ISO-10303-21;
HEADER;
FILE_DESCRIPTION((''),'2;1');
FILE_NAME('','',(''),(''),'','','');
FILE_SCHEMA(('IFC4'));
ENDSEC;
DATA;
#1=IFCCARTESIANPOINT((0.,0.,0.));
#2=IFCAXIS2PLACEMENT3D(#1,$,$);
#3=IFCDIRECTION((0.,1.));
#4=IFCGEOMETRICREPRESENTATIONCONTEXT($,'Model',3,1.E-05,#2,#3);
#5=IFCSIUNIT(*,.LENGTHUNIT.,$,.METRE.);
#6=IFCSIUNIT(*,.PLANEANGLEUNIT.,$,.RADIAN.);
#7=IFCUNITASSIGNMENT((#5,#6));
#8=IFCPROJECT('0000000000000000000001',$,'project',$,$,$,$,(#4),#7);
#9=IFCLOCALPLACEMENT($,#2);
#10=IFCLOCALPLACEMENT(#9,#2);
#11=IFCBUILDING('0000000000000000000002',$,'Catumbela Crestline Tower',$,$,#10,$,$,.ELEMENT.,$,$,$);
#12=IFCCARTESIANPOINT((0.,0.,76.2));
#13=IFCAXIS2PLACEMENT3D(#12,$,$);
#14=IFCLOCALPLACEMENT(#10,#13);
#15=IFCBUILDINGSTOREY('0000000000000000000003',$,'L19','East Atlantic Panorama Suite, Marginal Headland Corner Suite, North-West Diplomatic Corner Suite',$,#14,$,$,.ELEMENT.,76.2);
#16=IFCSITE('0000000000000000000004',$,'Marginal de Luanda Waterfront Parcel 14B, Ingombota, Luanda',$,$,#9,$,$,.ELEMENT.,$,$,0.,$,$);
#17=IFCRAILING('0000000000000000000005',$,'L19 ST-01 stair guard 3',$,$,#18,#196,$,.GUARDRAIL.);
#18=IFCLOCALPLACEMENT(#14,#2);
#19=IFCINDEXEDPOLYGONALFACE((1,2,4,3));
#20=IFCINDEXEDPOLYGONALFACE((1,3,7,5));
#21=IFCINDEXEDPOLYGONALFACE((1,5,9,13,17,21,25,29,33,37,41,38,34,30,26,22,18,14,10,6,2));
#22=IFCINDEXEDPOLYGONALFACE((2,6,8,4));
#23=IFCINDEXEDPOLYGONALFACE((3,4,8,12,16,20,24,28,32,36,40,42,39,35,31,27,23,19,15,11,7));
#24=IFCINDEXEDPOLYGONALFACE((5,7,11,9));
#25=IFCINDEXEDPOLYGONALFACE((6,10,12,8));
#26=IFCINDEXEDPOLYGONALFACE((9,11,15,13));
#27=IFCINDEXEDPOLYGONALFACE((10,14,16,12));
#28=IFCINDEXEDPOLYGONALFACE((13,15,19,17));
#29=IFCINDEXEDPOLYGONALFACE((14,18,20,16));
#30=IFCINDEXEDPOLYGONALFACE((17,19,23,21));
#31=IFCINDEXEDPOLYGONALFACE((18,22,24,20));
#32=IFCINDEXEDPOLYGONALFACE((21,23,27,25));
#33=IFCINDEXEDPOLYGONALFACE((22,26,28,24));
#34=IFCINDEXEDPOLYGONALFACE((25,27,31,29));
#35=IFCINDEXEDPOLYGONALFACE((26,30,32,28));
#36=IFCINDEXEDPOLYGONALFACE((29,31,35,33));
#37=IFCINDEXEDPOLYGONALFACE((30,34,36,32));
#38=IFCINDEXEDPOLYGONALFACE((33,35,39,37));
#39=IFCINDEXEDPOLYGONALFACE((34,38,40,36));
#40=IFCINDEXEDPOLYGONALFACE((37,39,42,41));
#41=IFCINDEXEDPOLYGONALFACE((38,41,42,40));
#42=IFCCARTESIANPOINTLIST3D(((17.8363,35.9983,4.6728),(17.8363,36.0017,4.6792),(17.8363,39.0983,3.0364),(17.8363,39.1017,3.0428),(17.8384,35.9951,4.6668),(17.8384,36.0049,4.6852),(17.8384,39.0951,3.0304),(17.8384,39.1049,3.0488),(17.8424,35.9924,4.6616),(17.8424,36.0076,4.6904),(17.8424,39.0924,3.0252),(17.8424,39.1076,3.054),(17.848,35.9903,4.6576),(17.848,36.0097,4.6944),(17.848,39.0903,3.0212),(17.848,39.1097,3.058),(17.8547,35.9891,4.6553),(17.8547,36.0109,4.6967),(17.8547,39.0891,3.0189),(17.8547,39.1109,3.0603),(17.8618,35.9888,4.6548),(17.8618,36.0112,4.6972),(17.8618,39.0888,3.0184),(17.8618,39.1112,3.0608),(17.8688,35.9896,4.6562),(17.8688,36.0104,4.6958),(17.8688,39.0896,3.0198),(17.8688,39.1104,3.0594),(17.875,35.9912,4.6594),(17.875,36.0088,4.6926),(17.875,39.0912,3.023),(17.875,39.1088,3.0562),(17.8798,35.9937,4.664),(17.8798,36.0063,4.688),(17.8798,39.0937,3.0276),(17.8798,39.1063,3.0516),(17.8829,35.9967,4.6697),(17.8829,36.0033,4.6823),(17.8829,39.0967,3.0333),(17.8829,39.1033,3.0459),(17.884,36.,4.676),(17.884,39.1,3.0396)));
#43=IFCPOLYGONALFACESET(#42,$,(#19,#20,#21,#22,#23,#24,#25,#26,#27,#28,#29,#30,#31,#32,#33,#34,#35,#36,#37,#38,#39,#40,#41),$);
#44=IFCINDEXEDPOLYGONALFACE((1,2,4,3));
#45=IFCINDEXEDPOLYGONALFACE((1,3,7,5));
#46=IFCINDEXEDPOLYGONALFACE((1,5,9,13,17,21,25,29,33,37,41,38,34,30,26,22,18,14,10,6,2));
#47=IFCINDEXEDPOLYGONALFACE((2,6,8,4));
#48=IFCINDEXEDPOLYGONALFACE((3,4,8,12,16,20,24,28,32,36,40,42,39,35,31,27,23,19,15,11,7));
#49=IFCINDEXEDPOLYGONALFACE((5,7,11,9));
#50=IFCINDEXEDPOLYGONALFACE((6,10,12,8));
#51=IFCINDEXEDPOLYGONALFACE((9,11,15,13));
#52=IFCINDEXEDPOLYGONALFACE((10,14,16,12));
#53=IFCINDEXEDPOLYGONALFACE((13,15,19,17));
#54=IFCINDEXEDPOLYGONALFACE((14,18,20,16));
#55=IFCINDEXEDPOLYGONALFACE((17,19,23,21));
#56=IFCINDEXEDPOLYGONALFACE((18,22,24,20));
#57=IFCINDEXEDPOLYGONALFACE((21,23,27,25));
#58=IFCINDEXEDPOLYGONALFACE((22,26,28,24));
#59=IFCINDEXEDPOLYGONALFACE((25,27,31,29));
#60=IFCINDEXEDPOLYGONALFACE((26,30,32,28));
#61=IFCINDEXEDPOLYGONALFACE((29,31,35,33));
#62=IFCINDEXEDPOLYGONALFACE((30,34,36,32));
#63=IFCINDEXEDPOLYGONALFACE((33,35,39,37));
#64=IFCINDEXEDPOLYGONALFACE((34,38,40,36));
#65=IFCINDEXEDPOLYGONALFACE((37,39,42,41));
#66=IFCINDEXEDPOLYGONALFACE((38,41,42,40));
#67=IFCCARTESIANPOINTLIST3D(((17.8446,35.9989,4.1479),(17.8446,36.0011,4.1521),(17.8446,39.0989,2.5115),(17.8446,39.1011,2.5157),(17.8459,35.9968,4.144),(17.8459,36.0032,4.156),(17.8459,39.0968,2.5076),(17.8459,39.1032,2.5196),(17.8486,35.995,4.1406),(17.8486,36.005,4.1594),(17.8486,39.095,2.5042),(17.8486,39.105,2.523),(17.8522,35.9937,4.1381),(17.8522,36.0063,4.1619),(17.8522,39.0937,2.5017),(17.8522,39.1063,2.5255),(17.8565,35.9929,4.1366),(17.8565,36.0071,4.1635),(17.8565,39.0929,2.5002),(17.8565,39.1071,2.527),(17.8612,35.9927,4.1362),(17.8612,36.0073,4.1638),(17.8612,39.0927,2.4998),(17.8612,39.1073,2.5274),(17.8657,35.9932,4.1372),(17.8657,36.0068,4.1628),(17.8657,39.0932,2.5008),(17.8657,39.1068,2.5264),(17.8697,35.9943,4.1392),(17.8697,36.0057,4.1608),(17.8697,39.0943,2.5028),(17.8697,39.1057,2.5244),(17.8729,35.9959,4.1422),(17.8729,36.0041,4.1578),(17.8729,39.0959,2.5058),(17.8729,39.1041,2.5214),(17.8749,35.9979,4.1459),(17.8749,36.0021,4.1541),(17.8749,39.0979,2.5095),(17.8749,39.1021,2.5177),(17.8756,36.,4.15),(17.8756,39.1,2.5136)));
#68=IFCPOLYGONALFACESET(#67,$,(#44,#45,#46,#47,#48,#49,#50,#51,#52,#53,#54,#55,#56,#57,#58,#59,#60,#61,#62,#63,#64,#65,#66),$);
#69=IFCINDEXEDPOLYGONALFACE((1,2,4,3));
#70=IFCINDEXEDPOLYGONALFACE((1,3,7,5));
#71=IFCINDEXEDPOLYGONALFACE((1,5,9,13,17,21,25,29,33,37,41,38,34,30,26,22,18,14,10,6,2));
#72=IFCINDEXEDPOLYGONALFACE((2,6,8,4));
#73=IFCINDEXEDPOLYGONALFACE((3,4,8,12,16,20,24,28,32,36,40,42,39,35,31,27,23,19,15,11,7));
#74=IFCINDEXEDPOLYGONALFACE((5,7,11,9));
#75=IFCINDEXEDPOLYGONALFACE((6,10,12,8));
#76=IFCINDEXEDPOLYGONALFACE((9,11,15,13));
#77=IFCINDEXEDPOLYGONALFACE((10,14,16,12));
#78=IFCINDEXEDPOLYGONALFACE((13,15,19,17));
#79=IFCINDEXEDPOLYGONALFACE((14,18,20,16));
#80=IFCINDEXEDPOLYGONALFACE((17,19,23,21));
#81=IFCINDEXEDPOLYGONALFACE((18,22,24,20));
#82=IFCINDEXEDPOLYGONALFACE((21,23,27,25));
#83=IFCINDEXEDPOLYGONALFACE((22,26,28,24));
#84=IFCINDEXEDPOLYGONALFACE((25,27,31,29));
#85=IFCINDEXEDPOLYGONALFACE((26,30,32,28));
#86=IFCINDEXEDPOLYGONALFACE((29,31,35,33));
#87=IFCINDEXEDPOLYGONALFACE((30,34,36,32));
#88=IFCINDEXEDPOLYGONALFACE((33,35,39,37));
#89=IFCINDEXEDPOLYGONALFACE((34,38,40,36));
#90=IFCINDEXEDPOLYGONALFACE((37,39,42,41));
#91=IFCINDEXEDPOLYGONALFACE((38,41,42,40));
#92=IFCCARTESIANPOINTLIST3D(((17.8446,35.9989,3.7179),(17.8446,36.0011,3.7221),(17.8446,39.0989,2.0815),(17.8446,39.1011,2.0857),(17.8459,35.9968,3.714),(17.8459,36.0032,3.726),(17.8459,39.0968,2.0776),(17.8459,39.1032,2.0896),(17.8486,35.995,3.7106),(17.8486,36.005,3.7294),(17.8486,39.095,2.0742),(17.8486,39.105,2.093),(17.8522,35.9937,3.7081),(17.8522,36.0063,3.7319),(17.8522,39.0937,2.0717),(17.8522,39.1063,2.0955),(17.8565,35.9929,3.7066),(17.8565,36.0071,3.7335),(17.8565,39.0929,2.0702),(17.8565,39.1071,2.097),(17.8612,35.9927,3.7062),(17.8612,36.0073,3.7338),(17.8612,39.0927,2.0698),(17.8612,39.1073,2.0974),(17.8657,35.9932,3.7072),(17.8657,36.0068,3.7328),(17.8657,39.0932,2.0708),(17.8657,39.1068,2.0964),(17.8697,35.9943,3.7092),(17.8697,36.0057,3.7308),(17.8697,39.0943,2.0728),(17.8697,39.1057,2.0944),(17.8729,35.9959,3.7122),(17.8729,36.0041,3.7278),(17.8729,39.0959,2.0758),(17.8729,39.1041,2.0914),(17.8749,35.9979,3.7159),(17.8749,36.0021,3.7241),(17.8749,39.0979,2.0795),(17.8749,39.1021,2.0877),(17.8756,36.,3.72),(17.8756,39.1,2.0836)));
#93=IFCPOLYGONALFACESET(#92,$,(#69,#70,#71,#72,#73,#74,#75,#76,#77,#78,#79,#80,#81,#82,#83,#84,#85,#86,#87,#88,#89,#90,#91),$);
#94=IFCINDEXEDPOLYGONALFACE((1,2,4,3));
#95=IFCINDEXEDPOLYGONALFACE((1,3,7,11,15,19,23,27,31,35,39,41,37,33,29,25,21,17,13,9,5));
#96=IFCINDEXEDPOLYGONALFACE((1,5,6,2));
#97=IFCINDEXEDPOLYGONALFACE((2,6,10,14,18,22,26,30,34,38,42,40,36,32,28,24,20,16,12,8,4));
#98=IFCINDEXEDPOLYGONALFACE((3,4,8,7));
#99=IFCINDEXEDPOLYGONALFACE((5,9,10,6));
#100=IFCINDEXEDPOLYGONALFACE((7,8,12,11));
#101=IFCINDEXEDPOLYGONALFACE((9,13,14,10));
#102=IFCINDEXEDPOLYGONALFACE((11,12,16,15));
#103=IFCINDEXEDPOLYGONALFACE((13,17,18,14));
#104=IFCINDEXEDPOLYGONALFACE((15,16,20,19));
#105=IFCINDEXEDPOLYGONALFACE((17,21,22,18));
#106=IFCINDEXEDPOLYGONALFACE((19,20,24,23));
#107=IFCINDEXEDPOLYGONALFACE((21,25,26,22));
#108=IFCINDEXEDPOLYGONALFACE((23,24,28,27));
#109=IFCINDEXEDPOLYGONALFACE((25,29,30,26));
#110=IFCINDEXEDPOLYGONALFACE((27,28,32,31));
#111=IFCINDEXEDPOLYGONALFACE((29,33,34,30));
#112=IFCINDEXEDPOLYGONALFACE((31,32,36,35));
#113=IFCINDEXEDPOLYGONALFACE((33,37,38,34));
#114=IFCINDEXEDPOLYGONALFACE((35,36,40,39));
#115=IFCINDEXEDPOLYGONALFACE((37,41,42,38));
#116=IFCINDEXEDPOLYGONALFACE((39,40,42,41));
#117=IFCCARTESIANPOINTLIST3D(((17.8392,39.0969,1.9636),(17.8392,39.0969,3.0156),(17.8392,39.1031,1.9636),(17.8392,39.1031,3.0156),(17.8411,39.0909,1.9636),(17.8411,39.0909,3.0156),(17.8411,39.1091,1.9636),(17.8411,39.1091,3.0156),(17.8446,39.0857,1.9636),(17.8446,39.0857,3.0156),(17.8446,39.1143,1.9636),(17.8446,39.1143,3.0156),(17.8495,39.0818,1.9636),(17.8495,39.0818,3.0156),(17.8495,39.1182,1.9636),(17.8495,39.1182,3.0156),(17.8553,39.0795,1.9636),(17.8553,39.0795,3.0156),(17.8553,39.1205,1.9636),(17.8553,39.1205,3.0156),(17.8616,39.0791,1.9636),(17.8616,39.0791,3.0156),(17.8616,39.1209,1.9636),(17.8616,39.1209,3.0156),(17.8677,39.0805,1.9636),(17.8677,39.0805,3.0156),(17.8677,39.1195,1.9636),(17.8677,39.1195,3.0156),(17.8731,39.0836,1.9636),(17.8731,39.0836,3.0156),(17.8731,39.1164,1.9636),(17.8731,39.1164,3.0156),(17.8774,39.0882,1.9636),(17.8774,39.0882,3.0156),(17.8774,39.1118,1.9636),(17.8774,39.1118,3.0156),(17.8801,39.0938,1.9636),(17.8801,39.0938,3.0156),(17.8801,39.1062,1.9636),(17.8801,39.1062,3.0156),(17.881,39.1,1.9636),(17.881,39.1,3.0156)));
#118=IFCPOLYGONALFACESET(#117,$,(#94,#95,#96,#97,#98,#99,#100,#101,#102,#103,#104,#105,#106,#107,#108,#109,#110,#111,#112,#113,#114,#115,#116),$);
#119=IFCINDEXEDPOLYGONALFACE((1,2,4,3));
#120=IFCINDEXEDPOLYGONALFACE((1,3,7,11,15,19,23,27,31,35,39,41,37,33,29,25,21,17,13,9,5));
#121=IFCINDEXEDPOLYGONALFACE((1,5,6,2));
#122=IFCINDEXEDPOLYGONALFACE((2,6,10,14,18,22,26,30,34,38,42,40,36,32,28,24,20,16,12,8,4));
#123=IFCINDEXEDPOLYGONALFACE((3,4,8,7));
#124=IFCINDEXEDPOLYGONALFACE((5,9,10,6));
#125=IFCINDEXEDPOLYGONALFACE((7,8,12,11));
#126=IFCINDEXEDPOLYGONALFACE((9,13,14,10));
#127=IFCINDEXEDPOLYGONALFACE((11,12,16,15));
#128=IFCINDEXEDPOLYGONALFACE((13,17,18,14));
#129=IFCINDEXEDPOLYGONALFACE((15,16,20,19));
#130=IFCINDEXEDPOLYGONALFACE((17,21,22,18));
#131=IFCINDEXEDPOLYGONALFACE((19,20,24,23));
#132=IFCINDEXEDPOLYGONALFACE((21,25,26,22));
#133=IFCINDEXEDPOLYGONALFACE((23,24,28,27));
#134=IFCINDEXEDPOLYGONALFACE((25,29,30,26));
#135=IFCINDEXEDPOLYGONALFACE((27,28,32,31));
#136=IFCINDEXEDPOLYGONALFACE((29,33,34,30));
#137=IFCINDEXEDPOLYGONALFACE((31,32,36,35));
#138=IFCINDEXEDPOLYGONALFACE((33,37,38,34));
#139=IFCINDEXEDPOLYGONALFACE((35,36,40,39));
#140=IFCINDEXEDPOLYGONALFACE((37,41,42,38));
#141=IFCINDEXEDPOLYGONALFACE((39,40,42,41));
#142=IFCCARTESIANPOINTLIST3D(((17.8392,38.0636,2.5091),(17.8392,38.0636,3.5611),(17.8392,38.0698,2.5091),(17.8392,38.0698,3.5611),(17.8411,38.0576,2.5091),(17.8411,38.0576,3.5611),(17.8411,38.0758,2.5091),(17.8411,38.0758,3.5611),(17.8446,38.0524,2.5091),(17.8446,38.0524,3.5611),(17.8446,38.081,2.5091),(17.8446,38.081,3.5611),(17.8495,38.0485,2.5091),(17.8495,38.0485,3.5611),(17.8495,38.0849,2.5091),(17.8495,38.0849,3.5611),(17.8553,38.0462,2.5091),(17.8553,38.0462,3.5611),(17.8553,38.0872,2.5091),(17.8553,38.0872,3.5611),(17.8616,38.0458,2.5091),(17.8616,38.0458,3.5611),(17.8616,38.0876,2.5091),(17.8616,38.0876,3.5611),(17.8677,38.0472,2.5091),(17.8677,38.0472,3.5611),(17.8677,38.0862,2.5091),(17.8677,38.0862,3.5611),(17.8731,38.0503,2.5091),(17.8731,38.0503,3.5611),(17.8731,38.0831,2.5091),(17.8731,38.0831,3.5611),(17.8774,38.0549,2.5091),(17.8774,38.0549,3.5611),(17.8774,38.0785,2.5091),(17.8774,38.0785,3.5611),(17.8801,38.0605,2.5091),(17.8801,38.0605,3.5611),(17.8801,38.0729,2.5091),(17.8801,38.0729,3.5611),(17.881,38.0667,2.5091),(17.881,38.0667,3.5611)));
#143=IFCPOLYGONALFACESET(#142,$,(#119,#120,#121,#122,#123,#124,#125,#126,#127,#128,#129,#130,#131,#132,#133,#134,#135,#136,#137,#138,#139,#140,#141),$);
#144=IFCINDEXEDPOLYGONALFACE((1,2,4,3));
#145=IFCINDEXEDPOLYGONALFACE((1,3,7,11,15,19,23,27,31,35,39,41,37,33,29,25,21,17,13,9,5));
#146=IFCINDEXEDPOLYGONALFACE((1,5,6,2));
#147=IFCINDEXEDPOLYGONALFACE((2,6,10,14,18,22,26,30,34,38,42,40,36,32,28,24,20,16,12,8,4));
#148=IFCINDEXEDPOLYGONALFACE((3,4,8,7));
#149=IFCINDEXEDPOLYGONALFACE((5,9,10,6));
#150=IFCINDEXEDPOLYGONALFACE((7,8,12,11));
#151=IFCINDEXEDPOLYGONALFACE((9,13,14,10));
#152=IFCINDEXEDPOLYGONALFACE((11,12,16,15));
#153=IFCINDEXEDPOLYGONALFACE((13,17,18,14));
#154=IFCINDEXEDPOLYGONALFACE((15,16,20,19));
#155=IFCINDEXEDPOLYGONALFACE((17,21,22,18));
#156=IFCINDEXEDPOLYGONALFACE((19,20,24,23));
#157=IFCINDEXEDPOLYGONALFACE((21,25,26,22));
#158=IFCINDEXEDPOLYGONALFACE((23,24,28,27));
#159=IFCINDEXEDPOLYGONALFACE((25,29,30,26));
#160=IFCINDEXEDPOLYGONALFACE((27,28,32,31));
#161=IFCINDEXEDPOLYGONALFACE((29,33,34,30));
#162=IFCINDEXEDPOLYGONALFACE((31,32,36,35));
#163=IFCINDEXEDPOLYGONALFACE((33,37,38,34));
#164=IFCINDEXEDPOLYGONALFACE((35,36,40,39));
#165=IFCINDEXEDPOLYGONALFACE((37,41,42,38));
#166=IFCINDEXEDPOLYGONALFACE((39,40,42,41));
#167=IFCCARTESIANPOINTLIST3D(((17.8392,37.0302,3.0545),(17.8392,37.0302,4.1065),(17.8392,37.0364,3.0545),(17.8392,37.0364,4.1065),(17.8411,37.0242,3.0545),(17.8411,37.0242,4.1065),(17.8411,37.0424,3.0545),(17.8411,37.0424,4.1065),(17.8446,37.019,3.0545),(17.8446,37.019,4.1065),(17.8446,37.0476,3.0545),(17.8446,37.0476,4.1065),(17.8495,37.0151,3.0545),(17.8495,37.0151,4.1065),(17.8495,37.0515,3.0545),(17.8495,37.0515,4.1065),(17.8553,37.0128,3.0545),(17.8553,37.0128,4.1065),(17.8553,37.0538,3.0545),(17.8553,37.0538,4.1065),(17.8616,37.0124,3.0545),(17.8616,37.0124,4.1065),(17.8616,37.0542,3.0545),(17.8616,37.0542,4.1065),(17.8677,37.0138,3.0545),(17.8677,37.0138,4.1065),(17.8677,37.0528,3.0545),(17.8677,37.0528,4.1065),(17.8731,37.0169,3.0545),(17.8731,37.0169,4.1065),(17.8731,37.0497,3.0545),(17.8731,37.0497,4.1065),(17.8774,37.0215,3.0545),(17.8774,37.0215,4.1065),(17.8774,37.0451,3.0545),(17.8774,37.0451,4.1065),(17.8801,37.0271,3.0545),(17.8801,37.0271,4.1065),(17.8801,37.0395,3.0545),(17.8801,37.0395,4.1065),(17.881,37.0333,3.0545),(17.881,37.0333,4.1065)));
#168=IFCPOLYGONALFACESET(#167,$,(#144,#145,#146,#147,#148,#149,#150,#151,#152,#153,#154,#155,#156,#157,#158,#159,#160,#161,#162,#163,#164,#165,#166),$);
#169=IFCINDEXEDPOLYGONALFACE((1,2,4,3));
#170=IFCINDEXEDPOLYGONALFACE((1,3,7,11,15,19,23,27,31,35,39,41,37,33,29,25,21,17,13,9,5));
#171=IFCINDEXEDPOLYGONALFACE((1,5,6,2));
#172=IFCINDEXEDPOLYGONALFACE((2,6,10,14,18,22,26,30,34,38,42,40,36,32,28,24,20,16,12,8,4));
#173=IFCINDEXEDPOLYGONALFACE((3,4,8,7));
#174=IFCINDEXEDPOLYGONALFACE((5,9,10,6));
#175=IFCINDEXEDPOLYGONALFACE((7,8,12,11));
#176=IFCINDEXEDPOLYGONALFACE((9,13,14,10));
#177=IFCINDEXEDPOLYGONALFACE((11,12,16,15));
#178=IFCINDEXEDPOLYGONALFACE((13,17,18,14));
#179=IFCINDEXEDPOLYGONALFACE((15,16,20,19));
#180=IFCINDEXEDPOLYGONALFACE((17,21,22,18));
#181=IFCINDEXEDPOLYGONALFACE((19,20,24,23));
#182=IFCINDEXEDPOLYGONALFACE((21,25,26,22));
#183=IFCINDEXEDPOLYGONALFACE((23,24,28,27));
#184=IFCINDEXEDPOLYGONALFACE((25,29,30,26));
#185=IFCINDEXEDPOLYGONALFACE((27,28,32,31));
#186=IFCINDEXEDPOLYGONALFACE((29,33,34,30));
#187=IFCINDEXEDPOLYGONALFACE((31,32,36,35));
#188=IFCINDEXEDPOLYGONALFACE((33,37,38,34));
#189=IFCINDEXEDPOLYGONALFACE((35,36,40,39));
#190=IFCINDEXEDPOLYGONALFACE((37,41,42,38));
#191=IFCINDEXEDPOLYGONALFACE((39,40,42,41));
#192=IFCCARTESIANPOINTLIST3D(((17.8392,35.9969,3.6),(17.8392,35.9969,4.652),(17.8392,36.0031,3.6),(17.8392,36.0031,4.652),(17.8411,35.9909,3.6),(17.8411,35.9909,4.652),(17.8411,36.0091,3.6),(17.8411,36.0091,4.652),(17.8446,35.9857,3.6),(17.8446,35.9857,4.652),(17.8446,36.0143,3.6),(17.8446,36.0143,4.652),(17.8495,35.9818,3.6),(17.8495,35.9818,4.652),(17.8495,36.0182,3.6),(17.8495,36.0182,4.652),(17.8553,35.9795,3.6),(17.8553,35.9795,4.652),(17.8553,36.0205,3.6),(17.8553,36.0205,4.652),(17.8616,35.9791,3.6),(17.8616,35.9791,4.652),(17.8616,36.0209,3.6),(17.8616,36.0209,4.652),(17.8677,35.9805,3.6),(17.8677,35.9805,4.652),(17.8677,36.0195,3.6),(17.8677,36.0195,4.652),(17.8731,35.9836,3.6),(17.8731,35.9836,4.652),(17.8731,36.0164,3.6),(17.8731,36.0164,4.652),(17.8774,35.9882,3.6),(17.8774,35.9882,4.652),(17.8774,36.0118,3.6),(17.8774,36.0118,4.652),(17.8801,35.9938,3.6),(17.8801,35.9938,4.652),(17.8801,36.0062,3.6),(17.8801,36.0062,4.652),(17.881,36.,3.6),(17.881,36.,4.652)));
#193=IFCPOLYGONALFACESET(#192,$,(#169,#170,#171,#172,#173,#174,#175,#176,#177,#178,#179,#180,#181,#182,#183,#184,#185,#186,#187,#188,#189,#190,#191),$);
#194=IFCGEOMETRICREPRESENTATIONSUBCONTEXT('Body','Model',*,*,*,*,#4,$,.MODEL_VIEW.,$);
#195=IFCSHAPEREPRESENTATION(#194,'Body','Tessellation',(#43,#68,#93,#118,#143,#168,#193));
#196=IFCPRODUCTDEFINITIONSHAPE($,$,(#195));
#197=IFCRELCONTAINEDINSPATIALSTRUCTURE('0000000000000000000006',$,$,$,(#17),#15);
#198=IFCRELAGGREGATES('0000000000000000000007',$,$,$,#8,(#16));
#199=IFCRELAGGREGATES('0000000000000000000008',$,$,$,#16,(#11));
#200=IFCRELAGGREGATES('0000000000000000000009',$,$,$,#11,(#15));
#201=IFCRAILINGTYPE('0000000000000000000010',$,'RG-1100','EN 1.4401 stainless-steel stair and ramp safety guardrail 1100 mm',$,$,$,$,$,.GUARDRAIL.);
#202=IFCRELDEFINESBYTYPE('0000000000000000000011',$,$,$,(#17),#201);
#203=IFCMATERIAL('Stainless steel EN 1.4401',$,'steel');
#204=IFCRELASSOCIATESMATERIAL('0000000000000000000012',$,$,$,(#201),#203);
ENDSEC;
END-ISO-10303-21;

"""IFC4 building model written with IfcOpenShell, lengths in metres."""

from ifc_helpers import new_model, si_unit, direction, frame, origin, origin_2d, place, context, subcontext, project, spatial, circle, extrude, material, type_object, element, save


model = new_model("IFC4")

# Units and contexts
model_context = context("Model", 3, precision=1e-05, world=origin(), true_north=direction((0.0, 1.0)))
body_context = subcontext(model_context, "Body", "Model", "MODEL_VIEW")
ifc_project = project(units=[si_unit("LENGTHUNIT", "METRE"), si_unit("PLANEANGLEUNIT", "RADIAN")], contexts=[model_context])

# Site, building, storey
site_placement = place(None, origin())
site = spatial("IfcSite", under=ifc_project, at=site_placement, Name="Marginal de Luanda Waterfront Parcel 14B, Ingombota, Luanda", CompositionType="ELEMENT", RefElevation=0.0)
building_placement = place(site_placement, origin())
building = spatial("IfcBuilding", under=site, at=building_placement, Name="Catumbela Crestline Tower", CompositionType="ELEMENT")
storey_placement = place(building_placement, frame((0.0, 0.0, 76.2)))
storey = spatial("IfcBuildingStorey", under=building, at=storey_placement, Name="L19", Description="East Atlantic Panorama Suite, Marginal Headland Corner Suite, North-West Diplomatic Corner Suite", CompositionType="ELEMENT", Elevation=76.2)

# Shared definitions
ifc_material_1 = material(Name="Stainless steel EN 1.4401", Category="steel")

# Railing
railing_type_1 = type_object("IfcRailingType", Name="RG-1100", Description="EN 1.4401 stainless-steel stair and ramp safety guardrail 1100 mm", PredefinedType="GUARDRAIL", material=ifc_material_1)
railing_1_placement = place(storey_placement, frame((17.86, 39.1, 1.9636)))
element("IfcRailing", 1, at=railing_1_placement, inside=storey, type_object=railing_type_1, Name="L19 ST-01 stair guard 3", PredefinedType="GUARDRAIL", context=body_context, shape_type="SweptSolid", body=[
    extrude(circle(Radius=0.024, at=origin_2d()), frame((0.0, 0.0, 1.076), z_axis=(0.0, -0.884351, 0.466823), x_axis=(1.0, 0.0, 0.0)), (0.0, 0.0, 1.0), 3.5054),
    extrude(circle(Radius=0.0156, at=origin_2d()), frame((0.0, 0.0, 0.55), z_axis=(0.0, -0.884351, 0.466823), x_axis=(1.0, 0.0, 0.0)), (0.0, 0.0, 1.0), 3.5054),
    extrude(circle(Radius=0.0156, at=origin_2d()), frame((0.0, 0.0, 0.12), z_axis=(0.0, -0.884351, 0.466823), x_axis=(1.0, 0.0, 0.0)), (0.0, 0.0, 1.0), 3.5054),
    extrude(circle(Radius=0.021, at=origin_2d()), origin(), (0.0, 0.0, 1.0), 1.052),
    extrude(circle(Radius=0.021, at=origin_2d()), frame((0.0, -1.0333, 0.5455)), (0.0, 0.0, 1.0), 1.052),
    extrude(circle(Radius=0.021, at=origin_2d()), frame((0.0, -2.0667, 1.0909)), (0.0, 0.0, 1.0), 1.052),
    extrude(circle(Radius=0.021, at=origin_2d()), frame((0.0, -3.1, 1.6364)), (0.0, 0.0, 1.0), 1.052),
])

save(model, "model.ifc")
